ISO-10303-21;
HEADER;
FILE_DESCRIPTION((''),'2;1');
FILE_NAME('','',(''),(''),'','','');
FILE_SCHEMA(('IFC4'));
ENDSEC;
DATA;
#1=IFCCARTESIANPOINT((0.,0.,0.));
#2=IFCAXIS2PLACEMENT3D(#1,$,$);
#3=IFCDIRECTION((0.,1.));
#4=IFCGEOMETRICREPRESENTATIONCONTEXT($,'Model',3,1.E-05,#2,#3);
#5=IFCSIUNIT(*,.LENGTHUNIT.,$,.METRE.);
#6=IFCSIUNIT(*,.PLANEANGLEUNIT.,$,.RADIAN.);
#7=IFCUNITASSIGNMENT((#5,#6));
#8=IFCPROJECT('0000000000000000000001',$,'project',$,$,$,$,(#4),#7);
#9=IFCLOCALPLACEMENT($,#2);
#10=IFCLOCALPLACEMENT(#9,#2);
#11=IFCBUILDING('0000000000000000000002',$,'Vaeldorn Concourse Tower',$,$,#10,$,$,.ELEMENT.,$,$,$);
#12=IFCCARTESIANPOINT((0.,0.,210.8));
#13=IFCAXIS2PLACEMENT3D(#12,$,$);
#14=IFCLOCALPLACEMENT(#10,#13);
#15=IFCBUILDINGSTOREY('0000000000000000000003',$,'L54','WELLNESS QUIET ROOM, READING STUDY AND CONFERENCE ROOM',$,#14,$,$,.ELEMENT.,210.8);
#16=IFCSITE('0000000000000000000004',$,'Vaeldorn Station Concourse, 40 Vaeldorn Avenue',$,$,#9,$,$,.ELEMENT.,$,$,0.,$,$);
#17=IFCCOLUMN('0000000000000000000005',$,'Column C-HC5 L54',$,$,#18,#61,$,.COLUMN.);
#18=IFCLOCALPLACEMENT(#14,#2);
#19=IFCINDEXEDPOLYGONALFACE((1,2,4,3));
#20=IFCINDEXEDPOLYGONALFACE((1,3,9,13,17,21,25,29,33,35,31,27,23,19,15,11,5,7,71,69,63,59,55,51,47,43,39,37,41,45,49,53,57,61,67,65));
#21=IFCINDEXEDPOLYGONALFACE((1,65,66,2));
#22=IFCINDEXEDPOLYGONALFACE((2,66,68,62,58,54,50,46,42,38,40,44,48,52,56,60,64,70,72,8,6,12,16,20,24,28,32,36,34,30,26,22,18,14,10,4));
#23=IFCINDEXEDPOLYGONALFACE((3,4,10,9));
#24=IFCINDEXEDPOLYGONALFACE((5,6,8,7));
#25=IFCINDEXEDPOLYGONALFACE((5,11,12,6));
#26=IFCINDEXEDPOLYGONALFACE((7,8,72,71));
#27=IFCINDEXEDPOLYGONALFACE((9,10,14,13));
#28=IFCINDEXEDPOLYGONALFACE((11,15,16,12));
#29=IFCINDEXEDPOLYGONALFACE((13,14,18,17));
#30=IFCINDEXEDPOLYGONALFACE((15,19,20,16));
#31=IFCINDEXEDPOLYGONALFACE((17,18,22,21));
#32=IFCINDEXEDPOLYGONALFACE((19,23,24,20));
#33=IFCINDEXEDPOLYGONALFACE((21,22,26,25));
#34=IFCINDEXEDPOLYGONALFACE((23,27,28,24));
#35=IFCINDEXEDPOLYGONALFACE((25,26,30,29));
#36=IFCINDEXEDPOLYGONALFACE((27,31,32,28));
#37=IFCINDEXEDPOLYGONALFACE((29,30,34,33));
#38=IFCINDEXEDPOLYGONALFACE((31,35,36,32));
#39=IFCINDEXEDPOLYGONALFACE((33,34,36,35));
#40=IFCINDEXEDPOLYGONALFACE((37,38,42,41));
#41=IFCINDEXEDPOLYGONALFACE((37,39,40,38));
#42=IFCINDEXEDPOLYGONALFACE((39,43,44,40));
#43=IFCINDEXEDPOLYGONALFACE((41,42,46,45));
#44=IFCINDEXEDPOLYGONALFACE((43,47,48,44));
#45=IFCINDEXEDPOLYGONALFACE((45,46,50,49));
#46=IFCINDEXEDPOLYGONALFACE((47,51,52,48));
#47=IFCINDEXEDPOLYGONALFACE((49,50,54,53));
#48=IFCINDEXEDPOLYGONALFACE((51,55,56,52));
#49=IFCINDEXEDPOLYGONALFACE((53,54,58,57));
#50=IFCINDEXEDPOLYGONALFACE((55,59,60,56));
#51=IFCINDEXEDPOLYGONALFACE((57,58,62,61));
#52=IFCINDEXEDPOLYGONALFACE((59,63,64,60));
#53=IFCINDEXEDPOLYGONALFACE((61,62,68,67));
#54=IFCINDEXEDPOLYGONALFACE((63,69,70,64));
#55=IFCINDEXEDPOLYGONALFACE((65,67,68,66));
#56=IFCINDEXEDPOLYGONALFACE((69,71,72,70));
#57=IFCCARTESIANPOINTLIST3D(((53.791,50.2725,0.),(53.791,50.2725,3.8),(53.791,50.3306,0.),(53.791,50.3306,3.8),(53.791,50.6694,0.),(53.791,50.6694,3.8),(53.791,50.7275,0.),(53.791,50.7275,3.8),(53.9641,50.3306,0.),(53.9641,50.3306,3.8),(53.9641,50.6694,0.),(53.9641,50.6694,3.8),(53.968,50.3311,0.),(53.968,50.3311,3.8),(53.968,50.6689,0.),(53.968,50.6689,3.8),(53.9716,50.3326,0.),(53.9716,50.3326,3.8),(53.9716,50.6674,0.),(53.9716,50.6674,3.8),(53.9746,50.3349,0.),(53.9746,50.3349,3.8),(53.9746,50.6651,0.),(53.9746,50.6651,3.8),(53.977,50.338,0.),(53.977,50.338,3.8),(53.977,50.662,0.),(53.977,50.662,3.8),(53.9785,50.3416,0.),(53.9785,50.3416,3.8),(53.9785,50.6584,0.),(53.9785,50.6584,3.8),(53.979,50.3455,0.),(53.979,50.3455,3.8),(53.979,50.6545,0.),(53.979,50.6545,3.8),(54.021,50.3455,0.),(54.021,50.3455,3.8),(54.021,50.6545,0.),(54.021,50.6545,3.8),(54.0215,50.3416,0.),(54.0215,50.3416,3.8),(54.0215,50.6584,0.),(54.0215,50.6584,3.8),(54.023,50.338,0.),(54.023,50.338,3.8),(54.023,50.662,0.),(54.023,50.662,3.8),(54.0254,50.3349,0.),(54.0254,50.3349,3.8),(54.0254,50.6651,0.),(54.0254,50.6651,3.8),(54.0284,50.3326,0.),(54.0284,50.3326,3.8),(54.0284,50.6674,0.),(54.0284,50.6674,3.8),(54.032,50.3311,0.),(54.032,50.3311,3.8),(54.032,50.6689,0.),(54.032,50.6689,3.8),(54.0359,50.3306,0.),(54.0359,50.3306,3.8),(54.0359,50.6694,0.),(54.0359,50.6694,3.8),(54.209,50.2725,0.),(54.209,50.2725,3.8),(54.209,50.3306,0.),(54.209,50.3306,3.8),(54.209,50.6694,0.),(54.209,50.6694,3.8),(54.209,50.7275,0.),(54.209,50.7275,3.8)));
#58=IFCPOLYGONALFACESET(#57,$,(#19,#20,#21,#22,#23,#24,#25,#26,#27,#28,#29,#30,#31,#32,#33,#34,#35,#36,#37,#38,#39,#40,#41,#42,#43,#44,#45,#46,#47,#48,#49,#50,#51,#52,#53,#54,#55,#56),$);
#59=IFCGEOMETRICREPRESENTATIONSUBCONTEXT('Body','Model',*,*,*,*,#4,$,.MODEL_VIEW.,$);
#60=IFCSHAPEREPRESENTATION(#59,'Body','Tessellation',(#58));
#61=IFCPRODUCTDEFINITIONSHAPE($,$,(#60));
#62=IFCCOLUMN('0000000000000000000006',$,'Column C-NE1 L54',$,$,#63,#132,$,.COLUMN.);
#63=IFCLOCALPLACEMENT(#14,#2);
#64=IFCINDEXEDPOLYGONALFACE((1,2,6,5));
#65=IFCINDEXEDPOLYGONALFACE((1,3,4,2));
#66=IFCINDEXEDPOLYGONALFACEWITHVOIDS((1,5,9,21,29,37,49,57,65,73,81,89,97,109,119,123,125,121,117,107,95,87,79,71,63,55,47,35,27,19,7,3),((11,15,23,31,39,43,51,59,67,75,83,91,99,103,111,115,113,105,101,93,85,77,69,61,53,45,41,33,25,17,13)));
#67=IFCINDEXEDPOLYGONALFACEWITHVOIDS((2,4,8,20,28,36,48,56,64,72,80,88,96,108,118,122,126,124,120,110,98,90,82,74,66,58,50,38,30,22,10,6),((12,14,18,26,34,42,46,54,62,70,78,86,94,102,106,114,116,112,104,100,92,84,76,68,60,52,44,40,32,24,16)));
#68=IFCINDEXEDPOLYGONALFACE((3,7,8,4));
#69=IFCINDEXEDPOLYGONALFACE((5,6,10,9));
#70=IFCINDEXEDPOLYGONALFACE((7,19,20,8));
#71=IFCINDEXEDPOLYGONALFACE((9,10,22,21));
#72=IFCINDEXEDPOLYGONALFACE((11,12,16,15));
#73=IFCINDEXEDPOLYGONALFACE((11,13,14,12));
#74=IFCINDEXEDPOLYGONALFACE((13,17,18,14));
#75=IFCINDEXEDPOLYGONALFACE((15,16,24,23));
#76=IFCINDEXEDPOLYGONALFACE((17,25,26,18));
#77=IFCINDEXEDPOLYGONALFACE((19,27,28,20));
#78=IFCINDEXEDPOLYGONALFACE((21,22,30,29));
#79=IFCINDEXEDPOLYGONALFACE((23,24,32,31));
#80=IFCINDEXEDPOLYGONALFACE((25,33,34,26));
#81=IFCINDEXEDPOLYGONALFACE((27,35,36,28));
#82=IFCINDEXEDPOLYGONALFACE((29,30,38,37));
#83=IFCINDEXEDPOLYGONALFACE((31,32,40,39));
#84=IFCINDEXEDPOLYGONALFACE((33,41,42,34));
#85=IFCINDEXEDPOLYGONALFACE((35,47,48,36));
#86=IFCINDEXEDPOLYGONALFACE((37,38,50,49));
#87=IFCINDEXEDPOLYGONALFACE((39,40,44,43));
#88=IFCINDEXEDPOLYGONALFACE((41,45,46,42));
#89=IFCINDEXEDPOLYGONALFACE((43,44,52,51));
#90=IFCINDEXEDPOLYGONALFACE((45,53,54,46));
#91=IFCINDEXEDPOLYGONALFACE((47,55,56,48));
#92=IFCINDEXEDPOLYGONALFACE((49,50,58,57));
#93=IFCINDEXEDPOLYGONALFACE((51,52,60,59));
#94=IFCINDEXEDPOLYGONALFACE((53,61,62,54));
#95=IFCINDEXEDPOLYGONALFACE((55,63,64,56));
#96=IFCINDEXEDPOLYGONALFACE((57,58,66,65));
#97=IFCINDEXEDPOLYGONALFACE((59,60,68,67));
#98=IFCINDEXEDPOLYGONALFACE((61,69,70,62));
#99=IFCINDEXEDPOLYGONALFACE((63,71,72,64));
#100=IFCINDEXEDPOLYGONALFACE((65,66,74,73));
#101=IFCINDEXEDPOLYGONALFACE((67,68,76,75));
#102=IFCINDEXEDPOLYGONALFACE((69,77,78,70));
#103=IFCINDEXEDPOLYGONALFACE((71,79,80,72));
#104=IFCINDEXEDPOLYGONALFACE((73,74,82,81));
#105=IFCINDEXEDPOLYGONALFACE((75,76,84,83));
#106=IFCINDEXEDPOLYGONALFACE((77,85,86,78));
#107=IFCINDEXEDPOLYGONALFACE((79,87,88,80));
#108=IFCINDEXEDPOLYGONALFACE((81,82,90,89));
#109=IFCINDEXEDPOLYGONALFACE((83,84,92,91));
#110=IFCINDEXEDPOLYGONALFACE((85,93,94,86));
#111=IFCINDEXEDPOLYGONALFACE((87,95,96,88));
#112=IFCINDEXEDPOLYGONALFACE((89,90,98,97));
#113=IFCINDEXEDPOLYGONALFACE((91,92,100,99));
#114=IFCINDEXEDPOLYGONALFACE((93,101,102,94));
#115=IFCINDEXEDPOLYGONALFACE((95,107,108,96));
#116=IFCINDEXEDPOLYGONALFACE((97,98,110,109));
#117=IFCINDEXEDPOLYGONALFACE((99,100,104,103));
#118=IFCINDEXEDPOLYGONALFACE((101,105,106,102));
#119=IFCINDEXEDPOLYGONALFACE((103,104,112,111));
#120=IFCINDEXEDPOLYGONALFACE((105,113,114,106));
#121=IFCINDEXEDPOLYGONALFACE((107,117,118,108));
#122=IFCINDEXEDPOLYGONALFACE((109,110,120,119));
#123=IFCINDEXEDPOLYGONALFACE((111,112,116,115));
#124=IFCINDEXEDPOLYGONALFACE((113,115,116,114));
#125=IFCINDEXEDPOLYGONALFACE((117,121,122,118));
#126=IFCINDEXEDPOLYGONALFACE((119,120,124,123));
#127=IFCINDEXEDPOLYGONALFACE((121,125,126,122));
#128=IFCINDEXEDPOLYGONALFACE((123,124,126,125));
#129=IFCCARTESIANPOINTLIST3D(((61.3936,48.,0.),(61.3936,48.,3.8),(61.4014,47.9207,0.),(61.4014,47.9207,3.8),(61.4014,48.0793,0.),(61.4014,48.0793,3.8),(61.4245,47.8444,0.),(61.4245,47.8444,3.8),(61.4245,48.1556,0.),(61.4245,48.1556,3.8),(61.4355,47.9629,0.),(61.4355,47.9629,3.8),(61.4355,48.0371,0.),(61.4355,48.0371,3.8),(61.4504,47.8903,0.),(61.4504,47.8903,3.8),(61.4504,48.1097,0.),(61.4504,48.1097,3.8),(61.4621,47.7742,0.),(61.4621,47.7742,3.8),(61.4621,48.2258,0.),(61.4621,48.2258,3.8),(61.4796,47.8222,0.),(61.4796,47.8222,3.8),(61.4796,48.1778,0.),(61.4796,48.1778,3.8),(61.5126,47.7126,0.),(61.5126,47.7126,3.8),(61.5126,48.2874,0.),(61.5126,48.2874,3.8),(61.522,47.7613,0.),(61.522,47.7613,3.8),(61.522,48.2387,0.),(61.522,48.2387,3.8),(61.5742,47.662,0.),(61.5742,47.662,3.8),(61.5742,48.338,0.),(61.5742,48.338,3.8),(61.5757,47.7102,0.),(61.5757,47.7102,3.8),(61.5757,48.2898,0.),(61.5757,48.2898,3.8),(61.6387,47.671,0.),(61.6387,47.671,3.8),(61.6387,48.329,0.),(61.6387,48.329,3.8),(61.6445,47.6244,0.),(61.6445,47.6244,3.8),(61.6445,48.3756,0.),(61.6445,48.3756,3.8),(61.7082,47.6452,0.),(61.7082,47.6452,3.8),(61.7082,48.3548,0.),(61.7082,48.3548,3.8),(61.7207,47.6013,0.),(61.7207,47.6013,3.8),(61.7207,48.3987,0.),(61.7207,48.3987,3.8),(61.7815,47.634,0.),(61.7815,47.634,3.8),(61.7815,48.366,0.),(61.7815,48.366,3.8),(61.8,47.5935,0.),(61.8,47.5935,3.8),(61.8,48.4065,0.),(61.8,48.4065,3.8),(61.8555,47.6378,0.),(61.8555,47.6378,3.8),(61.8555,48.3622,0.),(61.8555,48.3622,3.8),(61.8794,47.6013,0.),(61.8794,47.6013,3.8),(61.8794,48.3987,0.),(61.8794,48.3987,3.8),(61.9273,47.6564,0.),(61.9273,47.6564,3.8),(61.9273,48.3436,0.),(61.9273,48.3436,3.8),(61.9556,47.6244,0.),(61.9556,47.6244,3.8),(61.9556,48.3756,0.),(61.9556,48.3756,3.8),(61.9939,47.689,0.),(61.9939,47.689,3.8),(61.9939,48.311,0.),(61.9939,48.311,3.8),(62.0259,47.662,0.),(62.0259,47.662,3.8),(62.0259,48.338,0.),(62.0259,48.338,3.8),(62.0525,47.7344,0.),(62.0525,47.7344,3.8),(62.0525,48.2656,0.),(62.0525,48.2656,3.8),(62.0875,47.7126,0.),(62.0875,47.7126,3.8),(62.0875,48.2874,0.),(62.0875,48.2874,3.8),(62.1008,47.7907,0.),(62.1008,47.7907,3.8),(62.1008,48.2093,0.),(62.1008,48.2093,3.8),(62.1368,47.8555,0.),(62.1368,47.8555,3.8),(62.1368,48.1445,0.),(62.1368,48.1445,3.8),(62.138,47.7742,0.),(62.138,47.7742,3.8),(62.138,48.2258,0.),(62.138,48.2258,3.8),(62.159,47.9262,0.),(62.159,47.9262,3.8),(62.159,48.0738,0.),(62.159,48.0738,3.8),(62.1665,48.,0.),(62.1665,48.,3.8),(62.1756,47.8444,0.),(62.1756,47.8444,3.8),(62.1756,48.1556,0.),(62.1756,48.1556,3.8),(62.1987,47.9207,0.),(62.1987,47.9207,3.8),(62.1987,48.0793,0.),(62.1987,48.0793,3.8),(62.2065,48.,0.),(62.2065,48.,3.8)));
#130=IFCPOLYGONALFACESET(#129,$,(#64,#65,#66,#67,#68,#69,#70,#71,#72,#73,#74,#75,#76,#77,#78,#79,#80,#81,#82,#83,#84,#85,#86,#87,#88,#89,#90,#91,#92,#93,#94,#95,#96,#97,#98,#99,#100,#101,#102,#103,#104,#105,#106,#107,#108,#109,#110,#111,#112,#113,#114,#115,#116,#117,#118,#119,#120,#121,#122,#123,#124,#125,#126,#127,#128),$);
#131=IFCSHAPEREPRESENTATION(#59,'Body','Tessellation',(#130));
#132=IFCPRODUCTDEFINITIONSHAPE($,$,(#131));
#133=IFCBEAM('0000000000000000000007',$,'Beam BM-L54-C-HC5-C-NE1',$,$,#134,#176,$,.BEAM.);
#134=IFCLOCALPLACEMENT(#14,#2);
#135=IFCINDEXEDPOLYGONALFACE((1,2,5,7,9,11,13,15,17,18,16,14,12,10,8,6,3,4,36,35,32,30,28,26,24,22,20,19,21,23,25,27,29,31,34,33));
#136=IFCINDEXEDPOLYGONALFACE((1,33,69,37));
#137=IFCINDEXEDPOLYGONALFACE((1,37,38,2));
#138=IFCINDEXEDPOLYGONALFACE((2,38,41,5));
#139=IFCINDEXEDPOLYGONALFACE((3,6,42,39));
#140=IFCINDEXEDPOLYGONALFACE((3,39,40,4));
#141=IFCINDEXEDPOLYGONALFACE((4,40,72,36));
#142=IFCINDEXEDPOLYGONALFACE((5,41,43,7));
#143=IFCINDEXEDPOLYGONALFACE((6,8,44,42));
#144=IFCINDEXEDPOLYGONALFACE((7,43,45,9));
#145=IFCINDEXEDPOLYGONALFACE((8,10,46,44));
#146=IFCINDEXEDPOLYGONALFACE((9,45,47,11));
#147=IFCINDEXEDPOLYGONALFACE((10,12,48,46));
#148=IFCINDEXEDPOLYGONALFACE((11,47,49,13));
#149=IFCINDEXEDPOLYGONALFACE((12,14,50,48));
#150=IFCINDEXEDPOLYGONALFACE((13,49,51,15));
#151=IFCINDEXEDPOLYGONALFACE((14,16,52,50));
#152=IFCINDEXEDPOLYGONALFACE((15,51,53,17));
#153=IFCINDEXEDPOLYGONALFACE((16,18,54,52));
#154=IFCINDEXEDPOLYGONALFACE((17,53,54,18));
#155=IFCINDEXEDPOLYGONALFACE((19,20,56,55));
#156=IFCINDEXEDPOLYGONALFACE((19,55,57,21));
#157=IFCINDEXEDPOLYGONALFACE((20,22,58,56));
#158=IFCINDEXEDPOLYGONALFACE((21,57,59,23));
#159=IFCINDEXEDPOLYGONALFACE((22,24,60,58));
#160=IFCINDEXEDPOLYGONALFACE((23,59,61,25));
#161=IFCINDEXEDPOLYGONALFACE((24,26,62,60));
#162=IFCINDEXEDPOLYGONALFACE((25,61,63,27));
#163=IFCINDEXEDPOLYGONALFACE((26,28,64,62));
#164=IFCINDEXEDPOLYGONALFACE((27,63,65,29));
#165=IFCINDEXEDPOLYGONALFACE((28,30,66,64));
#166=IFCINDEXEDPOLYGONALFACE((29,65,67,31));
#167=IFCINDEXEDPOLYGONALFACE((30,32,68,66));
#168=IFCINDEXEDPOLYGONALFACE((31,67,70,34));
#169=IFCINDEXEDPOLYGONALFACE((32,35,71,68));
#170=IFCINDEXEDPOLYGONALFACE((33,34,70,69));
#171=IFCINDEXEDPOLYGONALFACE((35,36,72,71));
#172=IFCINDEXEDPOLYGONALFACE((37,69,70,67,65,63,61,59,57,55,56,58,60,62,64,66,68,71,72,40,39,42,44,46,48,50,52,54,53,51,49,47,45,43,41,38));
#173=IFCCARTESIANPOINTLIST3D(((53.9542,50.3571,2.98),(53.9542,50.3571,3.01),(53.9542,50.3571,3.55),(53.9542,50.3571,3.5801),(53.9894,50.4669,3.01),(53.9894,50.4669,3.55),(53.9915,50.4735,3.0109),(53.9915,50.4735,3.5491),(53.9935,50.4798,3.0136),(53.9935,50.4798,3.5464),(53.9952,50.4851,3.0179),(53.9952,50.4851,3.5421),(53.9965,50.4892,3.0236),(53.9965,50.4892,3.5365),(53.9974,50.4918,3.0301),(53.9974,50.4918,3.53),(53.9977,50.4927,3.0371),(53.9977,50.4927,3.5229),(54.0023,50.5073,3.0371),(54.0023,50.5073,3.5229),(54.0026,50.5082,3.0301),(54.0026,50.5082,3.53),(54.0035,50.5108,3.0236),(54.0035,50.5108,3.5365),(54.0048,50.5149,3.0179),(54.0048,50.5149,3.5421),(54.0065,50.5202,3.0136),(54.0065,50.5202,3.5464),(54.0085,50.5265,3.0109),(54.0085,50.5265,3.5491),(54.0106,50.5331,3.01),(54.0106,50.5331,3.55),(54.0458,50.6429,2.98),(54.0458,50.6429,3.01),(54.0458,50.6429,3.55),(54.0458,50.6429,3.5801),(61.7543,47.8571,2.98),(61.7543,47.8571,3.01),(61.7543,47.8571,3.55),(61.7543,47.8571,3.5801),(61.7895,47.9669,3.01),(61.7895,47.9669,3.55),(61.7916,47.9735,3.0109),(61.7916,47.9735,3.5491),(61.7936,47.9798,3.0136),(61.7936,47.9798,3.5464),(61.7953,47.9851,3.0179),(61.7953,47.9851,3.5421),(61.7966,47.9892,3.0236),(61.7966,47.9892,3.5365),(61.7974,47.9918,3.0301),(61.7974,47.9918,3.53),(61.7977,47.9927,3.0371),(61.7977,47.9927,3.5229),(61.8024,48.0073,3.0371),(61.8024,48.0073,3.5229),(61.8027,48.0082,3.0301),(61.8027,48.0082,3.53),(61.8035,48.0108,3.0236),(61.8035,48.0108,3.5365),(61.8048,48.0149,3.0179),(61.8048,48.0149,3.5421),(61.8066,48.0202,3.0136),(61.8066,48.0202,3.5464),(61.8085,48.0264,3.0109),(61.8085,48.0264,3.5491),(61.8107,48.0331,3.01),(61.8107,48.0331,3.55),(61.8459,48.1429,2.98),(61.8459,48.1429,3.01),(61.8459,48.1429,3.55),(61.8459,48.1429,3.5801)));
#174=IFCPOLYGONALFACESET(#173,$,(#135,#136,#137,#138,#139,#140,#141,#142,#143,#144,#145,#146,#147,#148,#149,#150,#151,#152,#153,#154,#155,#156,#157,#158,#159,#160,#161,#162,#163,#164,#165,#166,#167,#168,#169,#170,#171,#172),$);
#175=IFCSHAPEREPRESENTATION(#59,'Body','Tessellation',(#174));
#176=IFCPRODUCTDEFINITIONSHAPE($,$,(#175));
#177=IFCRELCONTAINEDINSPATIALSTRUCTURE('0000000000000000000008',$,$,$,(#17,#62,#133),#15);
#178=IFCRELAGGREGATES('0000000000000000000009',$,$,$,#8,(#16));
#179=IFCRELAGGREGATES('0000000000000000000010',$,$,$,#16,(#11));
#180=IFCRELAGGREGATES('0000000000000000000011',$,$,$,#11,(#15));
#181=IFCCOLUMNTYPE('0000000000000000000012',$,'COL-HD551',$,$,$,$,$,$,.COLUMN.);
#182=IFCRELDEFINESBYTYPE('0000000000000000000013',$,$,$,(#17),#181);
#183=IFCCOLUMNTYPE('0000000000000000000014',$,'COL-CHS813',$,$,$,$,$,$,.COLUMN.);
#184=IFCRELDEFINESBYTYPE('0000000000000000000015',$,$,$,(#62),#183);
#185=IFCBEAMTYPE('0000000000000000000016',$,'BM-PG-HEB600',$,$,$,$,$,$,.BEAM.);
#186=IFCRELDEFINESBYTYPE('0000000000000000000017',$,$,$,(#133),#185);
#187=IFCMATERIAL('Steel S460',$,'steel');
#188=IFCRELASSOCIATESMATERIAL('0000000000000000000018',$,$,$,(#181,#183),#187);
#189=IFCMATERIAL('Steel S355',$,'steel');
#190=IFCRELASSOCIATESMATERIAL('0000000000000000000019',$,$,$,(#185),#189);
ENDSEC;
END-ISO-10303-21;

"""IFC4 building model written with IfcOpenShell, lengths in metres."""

from ifc_helpers import new_model, si_unit, direction, frame, origin, origin_2d, place, context, subcontext, project, spatial, hollow_circle, i_section, extrude, source, transform, mapped, material, material_profile, profile_set, type_object, element, save


model = new_model("IFC4")

# Units and contexts
model_context = context("Model", 3, precision=1e-05, world=origin(), true_north=direction((0.0, 1.0)))
body_context = subcontext(model_context, "Body", "Model", "MODEL_VIEW")
ifc_project = project(units=[si_unit("LENGTHUNIT", "METRE"), si_unit("PLANEANGLEUNIT", "RADIAN")], contexts=[model_context])

# Site, building, storey
site_placement = place(None, origin())
site = spatial("IfcSite", under=ifc_project, at=site_placement, Name="Vaeldorn Station Concourse, 40 Vaeldorn Avenue", CompositionType="ELEMENT", RefElevation=0.0)
building_placement = place(site_placement, origin())
building = spatial("IfcBuilding", under=site, at=building_placement, Name="Vaeldorn Concourse Tower", CompositionType="ELEMENT")
storey_placement = place(building_placement, frame((0.0, 0.0, 210.8)))
storey = spatial("IfcBuildingStorey", under=building, at=storey_placement, Name="L54", Description="WELLNESS QUIET ROOM, READING STUDY AND CONFERENCE ROOM", CompositionType="ELEMENT", Elevation=210.8)

# Columns
ifc_material_1 = material(Name="Steel S460", Category="steel")
ifc_material_profile_1 = material_profile(ifc_material_1, i_section(OverallWidth=0.418, OverallDepth=0.4551, WebThickness=0.042, FlangeThickness=0.0581, FilletRadius=0.0149, at=origin_2d()), Name="HD 400x551")
ifc_profile_set_1 = profile_set([ifc_material_profile_1], Name="Steel S460")
column_type_1 = type_object("IfcColumnType", Name="COL-HD551", PredefinedType="COLUMN", material=ifc_profile_set_1)
shared_shape_1 = source(origin(), body_context, "Body", "SweptSolid", [
    extrude(i_section(OverallWidth=0.418, OverallDepth=0.4551, WebThickness=0.042, FlangeThickness=0.0581, FilletRadius=0.0149, at=origin_2d()), origin(), (0.0, 0.0, 1.0), 3.8),
])
column_1_placement = place(storey_placement, frame((54.0, 50.5, 0.0), z_axis=(0.0, 0.0, 1.0), x_axis=(1.0, 0.0, 0.0)))
element("IfcColumn", 1, at=column_1_placement, inside=storey, type_object=column_type_1, Name="Column C-HC5 L54", PredefinedType="COLUMN", context=body_context, shape_type="MappedRepresentation", body=[
    mapped(shared_shape_1, transform((0.0, 0.0, 0.0), scale=1.0)),
])
ifc_material_profile_2 = material_profile(ifc_material_1, hollow_circle(Radius=0.4065, WallThickness=0.04, at=origin_2d()), Name="CHS 813x40")
ifc_profile_set_2 = profile_set([ifc_material_profile_2], Name="Steel S460")
column_type_2 = type_object("IfcColumnType", Name="COL-CHS813", PredefinedType="COLUMN", material=ifc_profile_set_2)
shared_shape_2 = source(origin(), body_context, "Body", "SweptSolid", [
    extrude(hollow_circle(Radius=0.4065, WallThickness=0.04, at=origin_2d()), origin(), (0.0, 0.0, 1.0), 3.8),
])
column_2_placement = place(storey_placement, frame((61.8, 48.0, 0.0), z_axis=(0.0, 0.0, 1.0), x_axis=(1.0, 0.0, 0.0)))
element("IfcColumn", 2, at=column_2_placement, inside=storey, type_object=column_type_2, Name="Column C-NE1 L54", PredefinedType="COLUMN", context=body_context, shape_type="MappedRepresentation", body=[
    mapped(shared_shape_2, transform((0.0, 0.0, 0.0), scale=1.0)),
])

# Beam
ifc_material_2 = material(Name="Steel S355", Category="steel")
ifc_material_profile_3 = material_profile(ifc_material_2, i_section(OverallWidth=0.3, OverallDepth=0.6001, WebThickness=0.0154, FlangeThickness=0.03, FilletRadius=0.0271, at=origin_2d()), Name="HEB 600")
ifc_profile_set_3 = profile_set([ifc_material_profile_3], Name="Steel S355")
beam_type_1 = type_object("IfcBeamType", Name="BM-PG-HEB600", PredefinedType="BEAM", material=ifc_profile_set_3)
shared_shape_3 = source(origin(), body_context, "Body", "SweptSolid", [
    extrude(i_section(OverallWidth=0.3, OverallDepth=0.6001, WebThickness=0.0154, FlangeThickness=0.03, FilletRadius=0.0271, at=origin_2d()), origin(), (0.0, 0.0, 1.0), 8.1909),
])
beam_1_placement = place(storey_placement, frame((54.0, 50.5, 3.28), z_axis=(0.952283, -0.305217, 0.0), x_axis=(0.305217, 0.952283, 0.0)))
element("IfcBeam", 3, at=beam_1_placement, inside=storey, type_object=beam_type_1, Name="Beam BM-L54-C-HC5-C-NE1", PredefinedType="BEAM", context=body_context, shape_type="MappedRepresentation", body=[
    mapped(shared_shape_3, transform((0.0, 0.0, 0.0), scale=1.0)),
])

save(model, "model.ifc")
